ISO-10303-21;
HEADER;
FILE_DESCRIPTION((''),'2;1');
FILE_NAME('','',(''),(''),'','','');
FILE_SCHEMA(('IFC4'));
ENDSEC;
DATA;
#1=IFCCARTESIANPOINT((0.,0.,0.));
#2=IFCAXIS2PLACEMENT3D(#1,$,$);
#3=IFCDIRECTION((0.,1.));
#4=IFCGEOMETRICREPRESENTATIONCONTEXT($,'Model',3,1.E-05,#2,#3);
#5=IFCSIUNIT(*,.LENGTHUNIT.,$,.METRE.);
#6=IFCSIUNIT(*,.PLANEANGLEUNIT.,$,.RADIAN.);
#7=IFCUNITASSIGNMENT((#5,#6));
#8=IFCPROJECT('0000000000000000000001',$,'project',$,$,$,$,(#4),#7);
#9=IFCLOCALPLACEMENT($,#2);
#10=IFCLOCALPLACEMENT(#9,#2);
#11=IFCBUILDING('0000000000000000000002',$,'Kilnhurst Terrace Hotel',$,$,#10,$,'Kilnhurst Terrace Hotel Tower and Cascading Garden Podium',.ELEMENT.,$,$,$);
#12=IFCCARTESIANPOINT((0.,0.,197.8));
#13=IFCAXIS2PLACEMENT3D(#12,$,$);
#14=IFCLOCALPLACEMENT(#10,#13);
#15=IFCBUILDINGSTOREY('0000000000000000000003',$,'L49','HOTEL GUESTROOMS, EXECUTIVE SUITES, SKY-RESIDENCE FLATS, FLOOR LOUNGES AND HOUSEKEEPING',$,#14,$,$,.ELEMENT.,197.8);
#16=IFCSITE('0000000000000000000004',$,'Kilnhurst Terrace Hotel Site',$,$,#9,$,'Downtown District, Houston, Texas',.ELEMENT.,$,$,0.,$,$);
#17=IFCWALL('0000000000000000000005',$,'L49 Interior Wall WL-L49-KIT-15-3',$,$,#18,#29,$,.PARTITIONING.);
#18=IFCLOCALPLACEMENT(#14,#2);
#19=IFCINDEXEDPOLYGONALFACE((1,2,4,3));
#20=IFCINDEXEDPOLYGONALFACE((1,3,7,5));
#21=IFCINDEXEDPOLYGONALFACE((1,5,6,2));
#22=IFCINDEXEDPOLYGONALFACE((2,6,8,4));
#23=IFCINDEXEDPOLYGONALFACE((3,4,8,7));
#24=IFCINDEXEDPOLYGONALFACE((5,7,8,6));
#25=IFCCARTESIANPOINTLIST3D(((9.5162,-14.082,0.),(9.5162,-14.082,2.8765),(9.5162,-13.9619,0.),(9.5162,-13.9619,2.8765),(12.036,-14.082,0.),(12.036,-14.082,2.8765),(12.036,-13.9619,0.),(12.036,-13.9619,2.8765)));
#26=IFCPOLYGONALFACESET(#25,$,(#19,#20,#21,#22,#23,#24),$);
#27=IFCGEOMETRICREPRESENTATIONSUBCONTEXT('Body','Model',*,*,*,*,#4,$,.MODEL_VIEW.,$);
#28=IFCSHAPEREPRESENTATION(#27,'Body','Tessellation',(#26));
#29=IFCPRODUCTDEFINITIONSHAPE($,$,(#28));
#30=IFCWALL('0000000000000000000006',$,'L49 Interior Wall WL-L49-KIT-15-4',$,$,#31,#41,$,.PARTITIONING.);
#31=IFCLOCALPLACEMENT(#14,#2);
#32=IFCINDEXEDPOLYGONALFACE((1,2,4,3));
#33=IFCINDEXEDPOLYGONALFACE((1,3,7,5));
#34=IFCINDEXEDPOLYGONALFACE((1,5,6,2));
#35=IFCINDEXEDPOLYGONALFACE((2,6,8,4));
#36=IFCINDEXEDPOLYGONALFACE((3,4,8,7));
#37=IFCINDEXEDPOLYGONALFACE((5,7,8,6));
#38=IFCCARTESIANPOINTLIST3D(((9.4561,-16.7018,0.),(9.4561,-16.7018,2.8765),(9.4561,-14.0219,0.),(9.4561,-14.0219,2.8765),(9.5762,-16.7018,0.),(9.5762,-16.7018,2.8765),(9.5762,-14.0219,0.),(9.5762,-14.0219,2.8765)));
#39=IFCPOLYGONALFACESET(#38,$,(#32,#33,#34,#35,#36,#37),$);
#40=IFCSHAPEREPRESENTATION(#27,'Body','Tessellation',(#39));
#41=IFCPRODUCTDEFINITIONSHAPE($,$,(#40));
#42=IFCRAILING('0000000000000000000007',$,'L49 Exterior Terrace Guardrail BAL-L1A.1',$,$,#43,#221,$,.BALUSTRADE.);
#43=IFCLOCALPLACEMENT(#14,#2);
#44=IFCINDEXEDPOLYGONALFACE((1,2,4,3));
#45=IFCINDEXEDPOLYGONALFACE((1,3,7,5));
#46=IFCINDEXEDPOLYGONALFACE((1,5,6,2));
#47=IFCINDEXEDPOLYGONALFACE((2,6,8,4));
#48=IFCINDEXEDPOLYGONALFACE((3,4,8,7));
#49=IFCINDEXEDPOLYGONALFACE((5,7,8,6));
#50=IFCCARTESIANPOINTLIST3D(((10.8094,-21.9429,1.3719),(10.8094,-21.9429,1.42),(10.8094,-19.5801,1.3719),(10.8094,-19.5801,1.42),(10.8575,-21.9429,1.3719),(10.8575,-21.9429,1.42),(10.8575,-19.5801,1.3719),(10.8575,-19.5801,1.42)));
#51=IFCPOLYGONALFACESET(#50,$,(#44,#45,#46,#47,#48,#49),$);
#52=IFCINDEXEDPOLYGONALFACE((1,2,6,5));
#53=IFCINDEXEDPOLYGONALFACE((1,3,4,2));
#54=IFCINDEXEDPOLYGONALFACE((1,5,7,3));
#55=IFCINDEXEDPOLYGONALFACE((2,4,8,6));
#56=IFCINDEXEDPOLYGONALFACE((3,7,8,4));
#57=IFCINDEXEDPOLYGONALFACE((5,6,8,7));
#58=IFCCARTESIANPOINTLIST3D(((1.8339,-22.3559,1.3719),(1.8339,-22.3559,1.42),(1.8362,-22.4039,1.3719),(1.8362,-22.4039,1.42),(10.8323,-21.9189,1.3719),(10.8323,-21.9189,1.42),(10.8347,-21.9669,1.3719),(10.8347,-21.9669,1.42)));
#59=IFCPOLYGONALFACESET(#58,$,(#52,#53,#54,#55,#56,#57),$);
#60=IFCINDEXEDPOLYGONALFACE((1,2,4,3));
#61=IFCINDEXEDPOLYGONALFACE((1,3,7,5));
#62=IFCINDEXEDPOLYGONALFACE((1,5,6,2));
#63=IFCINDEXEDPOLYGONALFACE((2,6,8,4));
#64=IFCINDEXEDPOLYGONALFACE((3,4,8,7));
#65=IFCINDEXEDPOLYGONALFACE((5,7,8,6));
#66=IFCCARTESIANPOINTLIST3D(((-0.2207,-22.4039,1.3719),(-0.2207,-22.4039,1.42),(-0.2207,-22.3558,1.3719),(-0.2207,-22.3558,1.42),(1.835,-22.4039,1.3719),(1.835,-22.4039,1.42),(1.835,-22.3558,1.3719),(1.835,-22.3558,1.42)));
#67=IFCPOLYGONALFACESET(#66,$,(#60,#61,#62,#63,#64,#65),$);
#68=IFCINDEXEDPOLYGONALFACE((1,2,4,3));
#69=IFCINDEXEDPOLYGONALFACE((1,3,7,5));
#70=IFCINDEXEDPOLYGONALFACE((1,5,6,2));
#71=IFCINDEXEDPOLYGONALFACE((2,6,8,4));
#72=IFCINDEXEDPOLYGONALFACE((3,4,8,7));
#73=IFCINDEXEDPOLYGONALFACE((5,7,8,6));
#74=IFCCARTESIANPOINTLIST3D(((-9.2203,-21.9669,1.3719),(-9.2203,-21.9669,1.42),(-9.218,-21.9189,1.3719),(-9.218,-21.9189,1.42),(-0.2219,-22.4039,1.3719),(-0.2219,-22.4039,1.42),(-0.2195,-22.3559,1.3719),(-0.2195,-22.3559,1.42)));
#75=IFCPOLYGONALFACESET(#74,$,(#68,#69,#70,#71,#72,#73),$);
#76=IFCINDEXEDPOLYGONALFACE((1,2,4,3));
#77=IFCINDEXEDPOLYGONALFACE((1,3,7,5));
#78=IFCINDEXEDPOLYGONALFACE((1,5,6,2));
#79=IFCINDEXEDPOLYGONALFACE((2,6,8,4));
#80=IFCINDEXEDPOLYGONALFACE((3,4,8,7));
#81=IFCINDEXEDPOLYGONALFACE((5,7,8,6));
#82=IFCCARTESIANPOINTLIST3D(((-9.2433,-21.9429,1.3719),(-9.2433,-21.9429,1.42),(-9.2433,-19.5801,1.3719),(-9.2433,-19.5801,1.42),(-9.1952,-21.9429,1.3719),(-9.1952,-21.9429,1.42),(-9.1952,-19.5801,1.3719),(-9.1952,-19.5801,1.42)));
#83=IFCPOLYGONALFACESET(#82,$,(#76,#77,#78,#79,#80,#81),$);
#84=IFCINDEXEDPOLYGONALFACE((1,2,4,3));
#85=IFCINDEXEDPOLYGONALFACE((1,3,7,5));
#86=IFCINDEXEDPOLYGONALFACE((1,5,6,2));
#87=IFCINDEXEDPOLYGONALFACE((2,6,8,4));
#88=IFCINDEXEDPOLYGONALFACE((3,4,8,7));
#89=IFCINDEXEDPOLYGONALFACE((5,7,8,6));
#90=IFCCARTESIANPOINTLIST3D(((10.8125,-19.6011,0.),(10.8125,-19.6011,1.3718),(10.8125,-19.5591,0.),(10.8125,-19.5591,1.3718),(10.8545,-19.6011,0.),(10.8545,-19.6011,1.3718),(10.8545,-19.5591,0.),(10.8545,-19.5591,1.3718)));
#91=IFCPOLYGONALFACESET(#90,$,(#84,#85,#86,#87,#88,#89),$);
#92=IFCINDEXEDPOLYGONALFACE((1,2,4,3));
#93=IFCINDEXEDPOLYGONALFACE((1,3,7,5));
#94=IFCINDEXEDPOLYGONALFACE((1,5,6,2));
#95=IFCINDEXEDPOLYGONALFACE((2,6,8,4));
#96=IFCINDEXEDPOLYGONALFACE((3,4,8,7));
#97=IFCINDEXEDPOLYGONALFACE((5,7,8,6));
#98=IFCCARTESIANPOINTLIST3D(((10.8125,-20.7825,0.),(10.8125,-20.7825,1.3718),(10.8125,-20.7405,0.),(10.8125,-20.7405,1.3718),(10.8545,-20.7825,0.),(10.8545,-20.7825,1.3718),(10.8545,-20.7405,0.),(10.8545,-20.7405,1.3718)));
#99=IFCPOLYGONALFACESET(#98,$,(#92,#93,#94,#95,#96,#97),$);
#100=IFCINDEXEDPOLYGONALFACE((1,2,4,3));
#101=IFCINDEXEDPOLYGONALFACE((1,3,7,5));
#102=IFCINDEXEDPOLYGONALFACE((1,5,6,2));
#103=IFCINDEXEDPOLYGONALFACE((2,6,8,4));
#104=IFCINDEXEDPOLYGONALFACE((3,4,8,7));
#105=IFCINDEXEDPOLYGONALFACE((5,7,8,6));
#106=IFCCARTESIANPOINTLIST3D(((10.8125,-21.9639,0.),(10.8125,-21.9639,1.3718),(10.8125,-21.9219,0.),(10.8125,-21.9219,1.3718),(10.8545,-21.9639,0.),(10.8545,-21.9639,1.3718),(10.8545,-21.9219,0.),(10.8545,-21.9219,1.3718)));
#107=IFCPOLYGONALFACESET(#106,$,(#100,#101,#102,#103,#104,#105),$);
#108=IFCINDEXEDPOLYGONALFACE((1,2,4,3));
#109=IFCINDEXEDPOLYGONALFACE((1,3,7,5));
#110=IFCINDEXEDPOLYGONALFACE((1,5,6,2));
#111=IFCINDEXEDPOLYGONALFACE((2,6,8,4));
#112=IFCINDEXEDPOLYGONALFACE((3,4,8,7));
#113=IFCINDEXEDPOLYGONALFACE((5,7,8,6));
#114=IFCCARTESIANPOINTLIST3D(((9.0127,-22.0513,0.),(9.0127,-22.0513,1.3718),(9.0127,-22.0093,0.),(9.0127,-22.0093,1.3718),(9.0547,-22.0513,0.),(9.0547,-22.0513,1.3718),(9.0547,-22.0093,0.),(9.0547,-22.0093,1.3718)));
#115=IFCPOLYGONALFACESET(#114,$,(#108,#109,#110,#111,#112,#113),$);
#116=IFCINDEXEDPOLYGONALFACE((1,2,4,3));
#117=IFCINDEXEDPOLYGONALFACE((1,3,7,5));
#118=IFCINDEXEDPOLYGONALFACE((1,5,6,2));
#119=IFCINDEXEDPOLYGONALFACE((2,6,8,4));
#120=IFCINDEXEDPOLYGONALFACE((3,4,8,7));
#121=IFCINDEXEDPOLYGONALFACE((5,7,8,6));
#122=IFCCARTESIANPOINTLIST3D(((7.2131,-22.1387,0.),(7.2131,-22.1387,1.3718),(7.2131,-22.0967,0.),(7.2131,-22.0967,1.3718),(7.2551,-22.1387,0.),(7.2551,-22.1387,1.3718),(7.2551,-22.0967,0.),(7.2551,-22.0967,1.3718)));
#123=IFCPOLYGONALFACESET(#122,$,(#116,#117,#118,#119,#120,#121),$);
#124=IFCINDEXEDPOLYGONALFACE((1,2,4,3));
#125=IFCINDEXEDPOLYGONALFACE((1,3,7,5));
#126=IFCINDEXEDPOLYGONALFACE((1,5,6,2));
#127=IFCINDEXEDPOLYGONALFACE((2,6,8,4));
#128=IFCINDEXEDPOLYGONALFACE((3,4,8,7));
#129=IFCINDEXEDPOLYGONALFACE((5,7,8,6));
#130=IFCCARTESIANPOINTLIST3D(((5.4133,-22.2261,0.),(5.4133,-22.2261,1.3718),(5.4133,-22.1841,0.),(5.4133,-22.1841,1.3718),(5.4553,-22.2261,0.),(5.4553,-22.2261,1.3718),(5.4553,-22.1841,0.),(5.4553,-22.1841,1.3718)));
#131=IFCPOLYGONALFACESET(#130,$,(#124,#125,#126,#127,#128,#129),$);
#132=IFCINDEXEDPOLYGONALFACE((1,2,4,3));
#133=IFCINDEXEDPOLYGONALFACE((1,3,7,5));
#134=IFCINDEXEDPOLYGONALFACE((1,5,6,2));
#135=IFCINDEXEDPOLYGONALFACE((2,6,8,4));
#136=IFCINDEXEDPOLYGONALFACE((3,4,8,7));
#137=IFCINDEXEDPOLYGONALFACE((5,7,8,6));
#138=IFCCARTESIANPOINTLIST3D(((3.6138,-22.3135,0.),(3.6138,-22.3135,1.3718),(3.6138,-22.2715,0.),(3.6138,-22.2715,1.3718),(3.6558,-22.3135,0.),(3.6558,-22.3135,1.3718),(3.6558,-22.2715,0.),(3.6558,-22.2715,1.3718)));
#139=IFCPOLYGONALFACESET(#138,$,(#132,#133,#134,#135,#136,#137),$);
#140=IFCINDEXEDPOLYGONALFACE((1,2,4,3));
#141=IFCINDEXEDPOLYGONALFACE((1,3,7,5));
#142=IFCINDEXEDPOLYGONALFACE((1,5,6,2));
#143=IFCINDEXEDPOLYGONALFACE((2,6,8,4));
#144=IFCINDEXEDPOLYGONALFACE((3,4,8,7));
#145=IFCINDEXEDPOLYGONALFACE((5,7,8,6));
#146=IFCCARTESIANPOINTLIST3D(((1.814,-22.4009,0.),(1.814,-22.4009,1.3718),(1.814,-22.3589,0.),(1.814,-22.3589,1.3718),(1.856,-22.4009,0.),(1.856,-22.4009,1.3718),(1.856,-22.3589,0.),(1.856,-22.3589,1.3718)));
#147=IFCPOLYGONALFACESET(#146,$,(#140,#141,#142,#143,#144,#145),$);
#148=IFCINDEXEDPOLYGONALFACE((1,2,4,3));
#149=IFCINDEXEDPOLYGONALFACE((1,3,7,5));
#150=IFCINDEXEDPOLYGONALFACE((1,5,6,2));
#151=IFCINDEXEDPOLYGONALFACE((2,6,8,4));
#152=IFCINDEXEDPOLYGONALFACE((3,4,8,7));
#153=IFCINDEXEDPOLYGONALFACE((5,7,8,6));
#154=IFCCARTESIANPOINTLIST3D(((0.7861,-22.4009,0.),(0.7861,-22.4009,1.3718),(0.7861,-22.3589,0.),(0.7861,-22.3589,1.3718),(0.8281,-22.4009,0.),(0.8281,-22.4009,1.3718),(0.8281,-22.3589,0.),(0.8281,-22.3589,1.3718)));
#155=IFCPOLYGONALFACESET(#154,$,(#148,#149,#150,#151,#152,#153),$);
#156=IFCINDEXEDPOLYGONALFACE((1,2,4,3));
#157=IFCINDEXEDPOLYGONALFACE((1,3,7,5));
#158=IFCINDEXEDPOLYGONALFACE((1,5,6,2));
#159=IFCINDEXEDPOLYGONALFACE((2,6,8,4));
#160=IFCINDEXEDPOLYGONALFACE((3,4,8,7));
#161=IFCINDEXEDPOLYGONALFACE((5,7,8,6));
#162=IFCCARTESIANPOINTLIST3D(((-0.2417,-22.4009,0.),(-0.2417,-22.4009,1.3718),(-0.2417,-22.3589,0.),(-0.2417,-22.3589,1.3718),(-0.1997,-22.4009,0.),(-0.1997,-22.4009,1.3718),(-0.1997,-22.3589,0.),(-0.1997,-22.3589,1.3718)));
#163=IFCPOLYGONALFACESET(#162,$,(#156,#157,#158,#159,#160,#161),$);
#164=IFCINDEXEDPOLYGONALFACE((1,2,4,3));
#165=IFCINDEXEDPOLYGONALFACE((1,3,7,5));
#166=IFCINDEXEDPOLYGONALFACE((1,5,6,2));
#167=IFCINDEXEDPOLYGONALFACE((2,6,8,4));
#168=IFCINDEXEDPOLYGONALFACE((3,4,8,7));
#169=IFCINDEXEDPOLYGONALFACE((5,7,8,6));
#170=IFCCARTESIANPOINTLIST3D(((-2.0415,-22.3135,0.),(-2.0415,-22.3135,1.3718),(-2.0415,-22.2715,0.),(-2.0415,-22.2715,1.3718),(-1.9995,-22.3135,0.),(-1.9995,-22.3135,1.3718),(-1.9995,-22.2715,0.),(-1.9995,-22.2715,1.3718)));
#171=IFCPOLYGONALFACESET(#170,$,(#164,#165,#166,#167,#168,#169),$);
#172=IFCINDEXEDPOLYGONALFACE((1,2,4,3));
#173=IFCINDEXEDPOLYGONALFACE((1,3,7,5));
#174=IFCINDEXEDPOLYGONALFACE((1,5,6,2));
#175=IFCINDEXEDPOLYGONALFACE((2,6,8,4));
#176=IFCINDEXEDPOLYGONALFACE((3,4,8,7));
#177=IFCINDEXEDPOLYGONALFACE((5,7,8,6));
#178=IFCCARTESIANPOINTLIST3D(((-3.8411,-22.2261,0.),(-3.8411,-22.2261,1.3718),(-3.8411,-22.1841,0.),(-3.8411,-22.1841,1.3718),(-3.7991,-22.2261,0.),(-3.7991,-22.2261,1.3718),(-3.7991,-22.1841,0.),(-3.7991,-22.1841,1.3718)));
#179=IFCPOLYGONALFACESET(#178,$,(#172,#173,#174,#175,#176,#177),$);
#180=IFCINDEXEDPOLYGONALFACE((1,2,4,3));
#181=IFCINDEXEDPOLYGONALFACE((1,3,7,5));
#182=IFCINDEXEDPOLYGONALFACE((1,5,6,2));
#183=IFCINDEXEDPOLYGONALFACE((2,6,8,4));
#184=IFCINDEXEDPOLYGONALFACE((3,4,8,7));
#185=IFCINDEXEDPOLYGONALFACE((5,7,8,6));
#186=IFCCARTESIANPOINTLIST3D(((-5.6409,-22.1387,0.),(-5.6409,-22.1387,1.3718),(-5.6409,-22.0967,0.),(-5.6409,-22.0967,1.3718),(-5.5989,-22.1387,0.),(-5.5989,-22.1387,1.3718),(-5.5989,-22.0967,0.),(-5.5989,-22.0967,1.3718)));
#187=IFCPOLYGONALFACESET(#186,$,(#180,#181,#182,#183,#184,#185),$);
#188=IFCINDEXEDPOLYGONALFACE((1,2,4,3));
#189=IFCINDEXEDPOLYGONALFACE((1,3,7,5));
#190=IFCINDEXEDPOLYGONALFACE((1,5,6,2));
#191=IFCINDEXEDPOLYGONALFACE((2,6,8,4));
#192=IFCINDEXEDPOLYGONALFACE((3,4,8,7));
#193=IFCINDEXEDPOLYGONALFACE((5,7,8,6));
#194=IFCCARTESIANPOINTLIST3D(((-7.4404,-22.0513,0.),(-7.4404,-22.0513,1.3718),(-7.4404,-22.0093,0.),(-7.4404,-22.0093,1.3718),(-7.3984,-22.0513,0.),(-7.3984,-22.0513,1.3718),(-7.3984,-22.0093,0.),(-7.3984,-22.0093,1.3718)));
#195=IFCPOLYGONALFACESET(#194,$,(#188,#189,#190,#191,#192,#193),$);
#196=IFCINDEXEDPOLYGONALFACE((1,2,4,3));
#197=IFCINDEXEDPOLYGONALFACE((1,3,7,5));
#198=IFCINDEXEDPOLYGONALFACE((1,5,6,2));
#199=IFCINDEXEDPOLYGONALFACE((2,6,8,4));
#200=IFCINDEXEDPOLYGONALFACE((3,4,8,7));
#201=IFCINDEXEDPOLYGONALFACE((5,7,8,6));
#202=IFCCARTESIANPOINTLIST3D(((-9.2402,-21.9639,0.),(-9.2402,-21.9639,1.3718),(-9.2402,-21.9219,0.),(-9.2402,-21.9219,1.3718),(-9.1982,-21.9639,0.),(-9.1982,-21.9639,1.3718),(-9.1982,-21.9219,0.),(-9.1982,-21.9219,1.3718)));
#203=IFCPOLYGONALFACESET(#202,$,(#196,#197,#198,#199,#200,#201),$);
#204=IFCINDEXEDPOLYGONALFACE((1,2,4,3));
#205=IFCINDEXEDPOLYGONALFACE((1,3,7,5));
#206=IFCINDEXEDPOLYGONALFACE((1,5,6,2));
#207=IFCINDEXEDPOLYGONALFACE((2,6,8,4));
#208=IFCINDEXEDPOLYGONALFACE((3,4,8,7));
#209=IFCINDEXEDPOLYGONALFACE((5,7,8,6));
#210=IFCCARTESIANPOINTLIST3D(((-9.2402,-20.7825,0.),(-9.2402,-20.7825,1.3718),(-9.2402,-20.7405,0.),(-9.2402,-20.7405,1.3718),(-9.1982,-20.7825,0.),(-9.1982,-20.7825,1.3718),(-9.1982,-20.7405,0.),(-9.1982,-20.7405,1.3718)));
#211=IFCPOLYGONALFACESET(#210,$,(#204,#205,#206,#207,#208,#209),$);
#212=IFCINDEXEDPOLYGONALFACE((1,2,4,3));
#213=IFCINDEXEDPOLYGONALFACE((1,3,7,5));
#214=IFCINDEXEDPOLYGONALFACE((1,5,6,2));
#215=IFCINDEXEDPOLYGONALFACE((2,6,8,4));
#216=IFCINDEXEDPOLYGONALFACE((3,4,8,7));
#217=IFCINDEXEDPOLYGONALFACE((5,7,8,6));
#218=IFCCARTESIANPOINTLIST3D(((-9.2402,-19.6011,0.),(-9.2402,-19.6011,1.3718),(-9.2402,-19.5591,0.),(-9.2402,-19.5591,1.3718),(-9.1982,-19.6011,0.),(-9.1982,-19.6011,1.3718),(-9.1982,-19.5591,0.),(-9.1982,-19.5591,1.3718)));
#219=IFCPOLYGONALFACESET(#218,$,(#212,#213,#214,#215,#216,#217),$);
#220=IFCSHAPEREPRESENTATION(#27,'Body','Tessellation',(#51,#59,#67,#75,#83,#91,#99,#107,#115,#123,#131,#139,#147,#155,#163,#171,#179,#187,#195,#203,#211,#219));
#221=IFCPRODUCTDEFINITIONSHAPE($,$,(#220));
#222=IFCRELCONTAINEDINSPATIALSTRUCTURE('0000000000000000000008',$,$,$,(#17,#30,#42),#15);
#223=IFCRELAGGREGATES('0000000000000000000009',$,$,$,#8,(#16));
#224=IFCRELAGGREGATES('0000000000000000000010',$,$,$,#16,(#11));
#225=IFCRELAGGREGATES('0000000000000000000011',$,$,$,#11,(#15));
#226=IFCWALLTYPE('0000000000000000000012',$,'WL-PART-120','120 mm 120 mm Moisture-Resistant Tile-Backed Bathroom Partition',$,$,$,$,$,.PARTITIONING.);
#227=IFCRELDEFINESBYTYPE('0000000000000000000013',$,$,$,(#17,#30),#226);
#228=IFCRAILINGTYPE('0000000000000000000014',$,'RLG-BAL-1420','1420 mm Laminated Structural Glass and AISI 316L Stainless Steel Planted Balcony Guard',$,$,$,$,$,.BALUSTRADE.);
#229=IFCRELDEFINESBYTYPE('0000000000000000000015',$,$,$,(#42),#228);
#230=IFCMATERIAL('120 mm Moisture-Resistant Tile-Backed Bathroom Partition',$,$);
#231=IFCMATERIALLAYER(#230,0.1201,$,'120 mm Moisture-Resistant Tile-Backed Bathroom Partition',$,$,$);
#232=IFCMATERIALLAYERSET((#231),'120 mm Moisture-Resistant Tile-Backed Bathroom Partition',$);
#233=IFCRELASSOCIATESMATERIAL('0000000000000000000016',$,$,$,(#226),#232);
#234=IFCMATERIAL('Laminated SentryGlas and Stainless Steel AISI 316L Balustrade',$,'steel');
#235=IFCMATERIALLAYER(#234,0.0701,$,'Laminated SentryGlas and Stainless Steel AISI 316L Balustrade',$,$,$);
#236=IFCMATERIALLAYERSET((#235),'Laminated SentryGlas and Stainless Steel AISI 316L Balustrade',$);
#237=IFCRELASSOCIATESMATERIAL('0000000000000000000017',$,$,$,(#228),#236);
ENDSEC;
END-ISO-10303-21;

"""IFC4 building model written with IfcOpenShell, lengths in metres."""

from ifc_helpers import new_model, si_unit, direction, frame, frame_2d, origin, origin_2d, place, context, subcontext, project, spatial, rectangle, extrude, material, layer, layer_set, type_object, element, save


model = new_model("IFC4")

# Units and contexts
model_context = context("Model", 3, precision=1e-05, world=origin(), true_north=direction((0.0, 1.0)))
body_context = subcontext(model_context, "Body", "Model", "MODEL_VIEW")
ifc_project = project(units=[si_unit("LENGTHUNIT", "METRE"), si_unit("PLANEANGLEUNIT", "RADIAN")], contexts=[model_context])

# Site, building, storey
site_placement = place(None, origin())
site = spatial("IfcSite", under=ifc_project, at=site_placement, Name="Kilnhurst Terrace Hotel Site", LongName="Downtown District, Houston, Texas", CompositionType="ELEMENT", RefElevation=0.0)
building_placement = place(site_placement, origin())
building = spatial("IfcBuilding", under=site, at=building_placement, Name="Kilnhurst Terrace Hotel", LongName="Kilnhurst Terrace Hotel Tower and Cascading Garden Podium", CompositionType="ELEMENT")
storey_placement = place(building_placement, frame((0.0, 0.0, 197.8)))
storey = spatial("IfcBuildingStorey", under=building, at=storey_placement, Name="L49", Description="HOTEL GUESTROOMS, EXECUTIVE SUITES, SKY-RESIDENCE FLATS, FLOOR LOUNGES AND HOUSEKEEPING", CompositionType="ELEMENT", Elevation=197.8)

# Shared definitions
ifc_material_1 = material(Name="120 mm Moisture-Resistant Tile-Backed Bathroom Partition")
ifc_layer_1 = layer(ifc_material_1, 0.1201, Name="120 mm Moisture-Resistant Tile-Backed Bathroom Partition")
ifc_layer_set_1 = layer_set([ifc_layer_1], Name="120 mm Moisture-Resistant Tile-Backed Bathroom Partition")
wall_type_1 = type_object("IfcWallType", Name="WL-PART-120", Description="120 mm 120 mm Moisture-Resistant Tile-Backed Bathroom Partition", PredefinedType="PARTITIONING", material=ifc_layer_set_1)

# Walls
wall_1_placement = place(storey_placement, frame((12.0359, -14.022, 0.0), z_axis=(0.0, 0.0, 1.0), x_axis=(-1.0, 0.0, 0.0)))
element("IfcWall", 1, at=wall_1_placement, inside=storey, type_object=wall_type_1, Name="L49 Interior Wall WL-L49-KIT-15-3", PredefinedType="PARTITIONING", context=body_context, shape_type="SweptSolid", body=[
    extrude(rectangle(XDim=2.5198, YDim=0.1201, at=frame_2d((1.2598, 0.0))), origin(), (0.0, 0.0, 1.0), 2.8765),
])
wall_2_placement = place(storey_placement, frame((9.5161, -14.022, 0.0), z_axis=(0.0, 0.0, 1.0), x_axis=(0.0, -1.0, 0.0)))
element("IfcWall", 2, at=wall_2_placement, inside=storey, type_object=wall_type_1, Name="L49 Interior Wall WL-L49-KIT-15-4", PredefinedType="PARTITIONING", context=body_context, shape_type="SweptSolid", body=[
    extrude(rectangle(XDim=2.6799, YDim=0.1201, at=frame_2d((1.3398, 0.0))), origin(), (0.0, 0.0, 1.0), 2.8765),
])

# Railing
ifc_material_2 = material(Name="Laminated SentryGlas and Stainless Steel AISI 316L Balustrade", Category="steel")
ifc_layer_2 = layer(ifc_material_2, 0.0701, Name="Laminated SentryGlas and Stainless Steel AISI 316L Balustrade")
ifc_layer_set_2 = layer_set([ifc_layer_2], Name="Laminated SentryGlas and Stainless Steel AISI 316L Balustrade")
railing_type = type_object("IfcRailingType", Name="RLG-BAL-1420", Description="1420 mm Laminated Structural Glass and AISI 316L Stainless Steel Planted Balcony Guard", PredefinedType="BALUSTRADE", material=ifc_layer_set_2)
railing_placement = place(storey_placement, frame((10.8335, -19.5801, 0.0)))
element("IfcRailing", 3, at=railing_placement, inside=storey, type_object=railing_type, Name="L49 Exterior Terrace Guardrail BAL-L1A.1", PredefinedType="BALUSTRADE", context=body_context, shape_type="SweptSolid", body=[
    extrude(rectangle(XDim=0.0481, YDim=0.0481, at=origin_2d()), frame((0.0, 0.0, 1.396), z_axis=(0.0, -1.0, 0.0), x_axis=(1.0, 0.0, 0.0)), (0.0, 0.0, 1.0), 2.3628),
    extrude(rectangle(XDim=0.0481, YDim=0.0481, at=origin_2d()), frame((0.0, -2.3628, 1.396), z_axis=(-0.998823, -0.048508, 0.0), x_axis=(0.048508, -0.998823, 0.0)), (0.0, 0.0, 1.0), 9.009),
    extrude(rectangle(XDim=0.0481, YDim=0.0481, at=origin_2d()), frame((-8.9985, -2.7998, 1.396), z_axis=(-1.0, 0.0, 0.0), x_axis=(0.0, -1.0, 0.0)), (0.0, 0.0, 1.0), 2.0557),
    extrude(rectangle(XDim=0.0481, YDim=0.0481, at=origin_2d()), frame((-11.0542, -2.7998, 1.396), z_axis=(-0.998823, 0.048508, 0.0), x_axis=(-0.048508, -0.998823, 0.0)), (0.0, 0.0, 1.0), 9.009),
    extrude(rectangle(XDim=0.0481, YDim=0.0481, at=origin_2d()), frame((-20.0527, -2.3628, 1.396), z_axis=(0.0, 1.0, 0.0), x_axis=(-1.0, 0.0, 0.0)), (0.0, 0.0, 1.0), 2.3628),
    extrude(rectangle(XDim=0.042, YDim=0.042, at=origin_2d()), origin(), (0.0, 0.0, 1.0), 1.3718),
    extrude(rectangle(XDim=0.042, YDim=0.042, at=origin_2d()), frame((0.0, -1.1814, 0.0)), (0.0, 0.0, 1.0), 1.3718),
    extrude(rectangle(XDim=0.042, YDim=0.042, at=origin_2d()), frame((0.0, -2.3628, 0.0)), (0.0, 0.0, 1.0), 1.3718),
    extrude(rectangle(XDim=0.042, YDim=0.042, at=origin_2d()), frame((-1.7998, -2.4502, 0.0)), (0.0, 0.0, 1.0), 1.3718),
    extrude(rectangle(XDim=0.042, YDim=0.042, at=origin_2d()), frame((-3.5994, -2.5376, 0.0)), (0.0, 0.0, 1.0), 1.3718),
    extrude(rectangle(XDim=0.042, YDim=0.042, at=origin_2d()), frame((-5.3992, -2.625, 0.0)), (0.0, 0.0, 1.0), 1.3718),
    extrude(rectangle(XDim=0.042, YDim=0.042, at=origin_2d()), frame((-7.1987, -2.7124, 0.0)), (0.0, 0.0, 1.0), 1.3718),
    extrude(rectangle(XDim=0.042, YDim=0.042, at=origin_2d()), frame((-8.9985, -2.7998, 0.0)), (0.0, 0.0, 1.0), 1.3718),
    extrude(rectangle(XDim=0.042, YDim=0.042, at=origin_2d()), frame((-10.0264, -2.7998, 0.0)), (0.0, 0.0, 1.0), 1.3718),
    extrude(rectangle(XDim=0.042, YDim=0.042, at=origin_2d()), frame((-11.0542, -2.7998, 0.0)), (0.0, 0.0, 1.0), 1.3718),
    extrude(rectangle(XDim=0.042, YDim=0.042, at=origin_2d()), frame((-12.854, -2.7124, 0.0)), (0.0, 0.0, 1.0), 1.3718),
    extrude(rectangle(XDim=0.042, YDim=0.042, at=origin_2d()), frame((-14.6536, -2.625, 0.0)), (0.0, 0.0, 1.0), 1.3718),
    extrude(rectangle(XDim=0.042, YDim=0.042, at=origin_2d()), frame((-16.4534, -2.5376, 0.0)), (0.0, 0.0, 1.0), 1.3718),
    extrude(rectangle(XDim=0.042, YDim=0.042, at=origin_2d()), frame((-18.2529, -2.4502, 0.0)), (0.0, 0.0, 1.0), 1.3718),
    extrude(rectangle(XDim=0.042, YDim=0.042, at=origin_2d()), frame((-20.0527, -2.3628, 0.0)), (0.0, 0.0, 1.0), 1.3718),
    extrude(rectangle(XDim=0.042, YDim=0.042, at=origin_2d()), frame((-20.0527, -1.1814, 0.0)), (0.0, 0.0, 1.0), 1.3718),
    extrude(rectangle(XDim=0.042, YDim=0.042, at=origin_2d()), frame((-20.0527, 0.0, 0.0)), (0.0, 0.0, 1.0), 1.3718),
])

save(model, "model.ifc")
